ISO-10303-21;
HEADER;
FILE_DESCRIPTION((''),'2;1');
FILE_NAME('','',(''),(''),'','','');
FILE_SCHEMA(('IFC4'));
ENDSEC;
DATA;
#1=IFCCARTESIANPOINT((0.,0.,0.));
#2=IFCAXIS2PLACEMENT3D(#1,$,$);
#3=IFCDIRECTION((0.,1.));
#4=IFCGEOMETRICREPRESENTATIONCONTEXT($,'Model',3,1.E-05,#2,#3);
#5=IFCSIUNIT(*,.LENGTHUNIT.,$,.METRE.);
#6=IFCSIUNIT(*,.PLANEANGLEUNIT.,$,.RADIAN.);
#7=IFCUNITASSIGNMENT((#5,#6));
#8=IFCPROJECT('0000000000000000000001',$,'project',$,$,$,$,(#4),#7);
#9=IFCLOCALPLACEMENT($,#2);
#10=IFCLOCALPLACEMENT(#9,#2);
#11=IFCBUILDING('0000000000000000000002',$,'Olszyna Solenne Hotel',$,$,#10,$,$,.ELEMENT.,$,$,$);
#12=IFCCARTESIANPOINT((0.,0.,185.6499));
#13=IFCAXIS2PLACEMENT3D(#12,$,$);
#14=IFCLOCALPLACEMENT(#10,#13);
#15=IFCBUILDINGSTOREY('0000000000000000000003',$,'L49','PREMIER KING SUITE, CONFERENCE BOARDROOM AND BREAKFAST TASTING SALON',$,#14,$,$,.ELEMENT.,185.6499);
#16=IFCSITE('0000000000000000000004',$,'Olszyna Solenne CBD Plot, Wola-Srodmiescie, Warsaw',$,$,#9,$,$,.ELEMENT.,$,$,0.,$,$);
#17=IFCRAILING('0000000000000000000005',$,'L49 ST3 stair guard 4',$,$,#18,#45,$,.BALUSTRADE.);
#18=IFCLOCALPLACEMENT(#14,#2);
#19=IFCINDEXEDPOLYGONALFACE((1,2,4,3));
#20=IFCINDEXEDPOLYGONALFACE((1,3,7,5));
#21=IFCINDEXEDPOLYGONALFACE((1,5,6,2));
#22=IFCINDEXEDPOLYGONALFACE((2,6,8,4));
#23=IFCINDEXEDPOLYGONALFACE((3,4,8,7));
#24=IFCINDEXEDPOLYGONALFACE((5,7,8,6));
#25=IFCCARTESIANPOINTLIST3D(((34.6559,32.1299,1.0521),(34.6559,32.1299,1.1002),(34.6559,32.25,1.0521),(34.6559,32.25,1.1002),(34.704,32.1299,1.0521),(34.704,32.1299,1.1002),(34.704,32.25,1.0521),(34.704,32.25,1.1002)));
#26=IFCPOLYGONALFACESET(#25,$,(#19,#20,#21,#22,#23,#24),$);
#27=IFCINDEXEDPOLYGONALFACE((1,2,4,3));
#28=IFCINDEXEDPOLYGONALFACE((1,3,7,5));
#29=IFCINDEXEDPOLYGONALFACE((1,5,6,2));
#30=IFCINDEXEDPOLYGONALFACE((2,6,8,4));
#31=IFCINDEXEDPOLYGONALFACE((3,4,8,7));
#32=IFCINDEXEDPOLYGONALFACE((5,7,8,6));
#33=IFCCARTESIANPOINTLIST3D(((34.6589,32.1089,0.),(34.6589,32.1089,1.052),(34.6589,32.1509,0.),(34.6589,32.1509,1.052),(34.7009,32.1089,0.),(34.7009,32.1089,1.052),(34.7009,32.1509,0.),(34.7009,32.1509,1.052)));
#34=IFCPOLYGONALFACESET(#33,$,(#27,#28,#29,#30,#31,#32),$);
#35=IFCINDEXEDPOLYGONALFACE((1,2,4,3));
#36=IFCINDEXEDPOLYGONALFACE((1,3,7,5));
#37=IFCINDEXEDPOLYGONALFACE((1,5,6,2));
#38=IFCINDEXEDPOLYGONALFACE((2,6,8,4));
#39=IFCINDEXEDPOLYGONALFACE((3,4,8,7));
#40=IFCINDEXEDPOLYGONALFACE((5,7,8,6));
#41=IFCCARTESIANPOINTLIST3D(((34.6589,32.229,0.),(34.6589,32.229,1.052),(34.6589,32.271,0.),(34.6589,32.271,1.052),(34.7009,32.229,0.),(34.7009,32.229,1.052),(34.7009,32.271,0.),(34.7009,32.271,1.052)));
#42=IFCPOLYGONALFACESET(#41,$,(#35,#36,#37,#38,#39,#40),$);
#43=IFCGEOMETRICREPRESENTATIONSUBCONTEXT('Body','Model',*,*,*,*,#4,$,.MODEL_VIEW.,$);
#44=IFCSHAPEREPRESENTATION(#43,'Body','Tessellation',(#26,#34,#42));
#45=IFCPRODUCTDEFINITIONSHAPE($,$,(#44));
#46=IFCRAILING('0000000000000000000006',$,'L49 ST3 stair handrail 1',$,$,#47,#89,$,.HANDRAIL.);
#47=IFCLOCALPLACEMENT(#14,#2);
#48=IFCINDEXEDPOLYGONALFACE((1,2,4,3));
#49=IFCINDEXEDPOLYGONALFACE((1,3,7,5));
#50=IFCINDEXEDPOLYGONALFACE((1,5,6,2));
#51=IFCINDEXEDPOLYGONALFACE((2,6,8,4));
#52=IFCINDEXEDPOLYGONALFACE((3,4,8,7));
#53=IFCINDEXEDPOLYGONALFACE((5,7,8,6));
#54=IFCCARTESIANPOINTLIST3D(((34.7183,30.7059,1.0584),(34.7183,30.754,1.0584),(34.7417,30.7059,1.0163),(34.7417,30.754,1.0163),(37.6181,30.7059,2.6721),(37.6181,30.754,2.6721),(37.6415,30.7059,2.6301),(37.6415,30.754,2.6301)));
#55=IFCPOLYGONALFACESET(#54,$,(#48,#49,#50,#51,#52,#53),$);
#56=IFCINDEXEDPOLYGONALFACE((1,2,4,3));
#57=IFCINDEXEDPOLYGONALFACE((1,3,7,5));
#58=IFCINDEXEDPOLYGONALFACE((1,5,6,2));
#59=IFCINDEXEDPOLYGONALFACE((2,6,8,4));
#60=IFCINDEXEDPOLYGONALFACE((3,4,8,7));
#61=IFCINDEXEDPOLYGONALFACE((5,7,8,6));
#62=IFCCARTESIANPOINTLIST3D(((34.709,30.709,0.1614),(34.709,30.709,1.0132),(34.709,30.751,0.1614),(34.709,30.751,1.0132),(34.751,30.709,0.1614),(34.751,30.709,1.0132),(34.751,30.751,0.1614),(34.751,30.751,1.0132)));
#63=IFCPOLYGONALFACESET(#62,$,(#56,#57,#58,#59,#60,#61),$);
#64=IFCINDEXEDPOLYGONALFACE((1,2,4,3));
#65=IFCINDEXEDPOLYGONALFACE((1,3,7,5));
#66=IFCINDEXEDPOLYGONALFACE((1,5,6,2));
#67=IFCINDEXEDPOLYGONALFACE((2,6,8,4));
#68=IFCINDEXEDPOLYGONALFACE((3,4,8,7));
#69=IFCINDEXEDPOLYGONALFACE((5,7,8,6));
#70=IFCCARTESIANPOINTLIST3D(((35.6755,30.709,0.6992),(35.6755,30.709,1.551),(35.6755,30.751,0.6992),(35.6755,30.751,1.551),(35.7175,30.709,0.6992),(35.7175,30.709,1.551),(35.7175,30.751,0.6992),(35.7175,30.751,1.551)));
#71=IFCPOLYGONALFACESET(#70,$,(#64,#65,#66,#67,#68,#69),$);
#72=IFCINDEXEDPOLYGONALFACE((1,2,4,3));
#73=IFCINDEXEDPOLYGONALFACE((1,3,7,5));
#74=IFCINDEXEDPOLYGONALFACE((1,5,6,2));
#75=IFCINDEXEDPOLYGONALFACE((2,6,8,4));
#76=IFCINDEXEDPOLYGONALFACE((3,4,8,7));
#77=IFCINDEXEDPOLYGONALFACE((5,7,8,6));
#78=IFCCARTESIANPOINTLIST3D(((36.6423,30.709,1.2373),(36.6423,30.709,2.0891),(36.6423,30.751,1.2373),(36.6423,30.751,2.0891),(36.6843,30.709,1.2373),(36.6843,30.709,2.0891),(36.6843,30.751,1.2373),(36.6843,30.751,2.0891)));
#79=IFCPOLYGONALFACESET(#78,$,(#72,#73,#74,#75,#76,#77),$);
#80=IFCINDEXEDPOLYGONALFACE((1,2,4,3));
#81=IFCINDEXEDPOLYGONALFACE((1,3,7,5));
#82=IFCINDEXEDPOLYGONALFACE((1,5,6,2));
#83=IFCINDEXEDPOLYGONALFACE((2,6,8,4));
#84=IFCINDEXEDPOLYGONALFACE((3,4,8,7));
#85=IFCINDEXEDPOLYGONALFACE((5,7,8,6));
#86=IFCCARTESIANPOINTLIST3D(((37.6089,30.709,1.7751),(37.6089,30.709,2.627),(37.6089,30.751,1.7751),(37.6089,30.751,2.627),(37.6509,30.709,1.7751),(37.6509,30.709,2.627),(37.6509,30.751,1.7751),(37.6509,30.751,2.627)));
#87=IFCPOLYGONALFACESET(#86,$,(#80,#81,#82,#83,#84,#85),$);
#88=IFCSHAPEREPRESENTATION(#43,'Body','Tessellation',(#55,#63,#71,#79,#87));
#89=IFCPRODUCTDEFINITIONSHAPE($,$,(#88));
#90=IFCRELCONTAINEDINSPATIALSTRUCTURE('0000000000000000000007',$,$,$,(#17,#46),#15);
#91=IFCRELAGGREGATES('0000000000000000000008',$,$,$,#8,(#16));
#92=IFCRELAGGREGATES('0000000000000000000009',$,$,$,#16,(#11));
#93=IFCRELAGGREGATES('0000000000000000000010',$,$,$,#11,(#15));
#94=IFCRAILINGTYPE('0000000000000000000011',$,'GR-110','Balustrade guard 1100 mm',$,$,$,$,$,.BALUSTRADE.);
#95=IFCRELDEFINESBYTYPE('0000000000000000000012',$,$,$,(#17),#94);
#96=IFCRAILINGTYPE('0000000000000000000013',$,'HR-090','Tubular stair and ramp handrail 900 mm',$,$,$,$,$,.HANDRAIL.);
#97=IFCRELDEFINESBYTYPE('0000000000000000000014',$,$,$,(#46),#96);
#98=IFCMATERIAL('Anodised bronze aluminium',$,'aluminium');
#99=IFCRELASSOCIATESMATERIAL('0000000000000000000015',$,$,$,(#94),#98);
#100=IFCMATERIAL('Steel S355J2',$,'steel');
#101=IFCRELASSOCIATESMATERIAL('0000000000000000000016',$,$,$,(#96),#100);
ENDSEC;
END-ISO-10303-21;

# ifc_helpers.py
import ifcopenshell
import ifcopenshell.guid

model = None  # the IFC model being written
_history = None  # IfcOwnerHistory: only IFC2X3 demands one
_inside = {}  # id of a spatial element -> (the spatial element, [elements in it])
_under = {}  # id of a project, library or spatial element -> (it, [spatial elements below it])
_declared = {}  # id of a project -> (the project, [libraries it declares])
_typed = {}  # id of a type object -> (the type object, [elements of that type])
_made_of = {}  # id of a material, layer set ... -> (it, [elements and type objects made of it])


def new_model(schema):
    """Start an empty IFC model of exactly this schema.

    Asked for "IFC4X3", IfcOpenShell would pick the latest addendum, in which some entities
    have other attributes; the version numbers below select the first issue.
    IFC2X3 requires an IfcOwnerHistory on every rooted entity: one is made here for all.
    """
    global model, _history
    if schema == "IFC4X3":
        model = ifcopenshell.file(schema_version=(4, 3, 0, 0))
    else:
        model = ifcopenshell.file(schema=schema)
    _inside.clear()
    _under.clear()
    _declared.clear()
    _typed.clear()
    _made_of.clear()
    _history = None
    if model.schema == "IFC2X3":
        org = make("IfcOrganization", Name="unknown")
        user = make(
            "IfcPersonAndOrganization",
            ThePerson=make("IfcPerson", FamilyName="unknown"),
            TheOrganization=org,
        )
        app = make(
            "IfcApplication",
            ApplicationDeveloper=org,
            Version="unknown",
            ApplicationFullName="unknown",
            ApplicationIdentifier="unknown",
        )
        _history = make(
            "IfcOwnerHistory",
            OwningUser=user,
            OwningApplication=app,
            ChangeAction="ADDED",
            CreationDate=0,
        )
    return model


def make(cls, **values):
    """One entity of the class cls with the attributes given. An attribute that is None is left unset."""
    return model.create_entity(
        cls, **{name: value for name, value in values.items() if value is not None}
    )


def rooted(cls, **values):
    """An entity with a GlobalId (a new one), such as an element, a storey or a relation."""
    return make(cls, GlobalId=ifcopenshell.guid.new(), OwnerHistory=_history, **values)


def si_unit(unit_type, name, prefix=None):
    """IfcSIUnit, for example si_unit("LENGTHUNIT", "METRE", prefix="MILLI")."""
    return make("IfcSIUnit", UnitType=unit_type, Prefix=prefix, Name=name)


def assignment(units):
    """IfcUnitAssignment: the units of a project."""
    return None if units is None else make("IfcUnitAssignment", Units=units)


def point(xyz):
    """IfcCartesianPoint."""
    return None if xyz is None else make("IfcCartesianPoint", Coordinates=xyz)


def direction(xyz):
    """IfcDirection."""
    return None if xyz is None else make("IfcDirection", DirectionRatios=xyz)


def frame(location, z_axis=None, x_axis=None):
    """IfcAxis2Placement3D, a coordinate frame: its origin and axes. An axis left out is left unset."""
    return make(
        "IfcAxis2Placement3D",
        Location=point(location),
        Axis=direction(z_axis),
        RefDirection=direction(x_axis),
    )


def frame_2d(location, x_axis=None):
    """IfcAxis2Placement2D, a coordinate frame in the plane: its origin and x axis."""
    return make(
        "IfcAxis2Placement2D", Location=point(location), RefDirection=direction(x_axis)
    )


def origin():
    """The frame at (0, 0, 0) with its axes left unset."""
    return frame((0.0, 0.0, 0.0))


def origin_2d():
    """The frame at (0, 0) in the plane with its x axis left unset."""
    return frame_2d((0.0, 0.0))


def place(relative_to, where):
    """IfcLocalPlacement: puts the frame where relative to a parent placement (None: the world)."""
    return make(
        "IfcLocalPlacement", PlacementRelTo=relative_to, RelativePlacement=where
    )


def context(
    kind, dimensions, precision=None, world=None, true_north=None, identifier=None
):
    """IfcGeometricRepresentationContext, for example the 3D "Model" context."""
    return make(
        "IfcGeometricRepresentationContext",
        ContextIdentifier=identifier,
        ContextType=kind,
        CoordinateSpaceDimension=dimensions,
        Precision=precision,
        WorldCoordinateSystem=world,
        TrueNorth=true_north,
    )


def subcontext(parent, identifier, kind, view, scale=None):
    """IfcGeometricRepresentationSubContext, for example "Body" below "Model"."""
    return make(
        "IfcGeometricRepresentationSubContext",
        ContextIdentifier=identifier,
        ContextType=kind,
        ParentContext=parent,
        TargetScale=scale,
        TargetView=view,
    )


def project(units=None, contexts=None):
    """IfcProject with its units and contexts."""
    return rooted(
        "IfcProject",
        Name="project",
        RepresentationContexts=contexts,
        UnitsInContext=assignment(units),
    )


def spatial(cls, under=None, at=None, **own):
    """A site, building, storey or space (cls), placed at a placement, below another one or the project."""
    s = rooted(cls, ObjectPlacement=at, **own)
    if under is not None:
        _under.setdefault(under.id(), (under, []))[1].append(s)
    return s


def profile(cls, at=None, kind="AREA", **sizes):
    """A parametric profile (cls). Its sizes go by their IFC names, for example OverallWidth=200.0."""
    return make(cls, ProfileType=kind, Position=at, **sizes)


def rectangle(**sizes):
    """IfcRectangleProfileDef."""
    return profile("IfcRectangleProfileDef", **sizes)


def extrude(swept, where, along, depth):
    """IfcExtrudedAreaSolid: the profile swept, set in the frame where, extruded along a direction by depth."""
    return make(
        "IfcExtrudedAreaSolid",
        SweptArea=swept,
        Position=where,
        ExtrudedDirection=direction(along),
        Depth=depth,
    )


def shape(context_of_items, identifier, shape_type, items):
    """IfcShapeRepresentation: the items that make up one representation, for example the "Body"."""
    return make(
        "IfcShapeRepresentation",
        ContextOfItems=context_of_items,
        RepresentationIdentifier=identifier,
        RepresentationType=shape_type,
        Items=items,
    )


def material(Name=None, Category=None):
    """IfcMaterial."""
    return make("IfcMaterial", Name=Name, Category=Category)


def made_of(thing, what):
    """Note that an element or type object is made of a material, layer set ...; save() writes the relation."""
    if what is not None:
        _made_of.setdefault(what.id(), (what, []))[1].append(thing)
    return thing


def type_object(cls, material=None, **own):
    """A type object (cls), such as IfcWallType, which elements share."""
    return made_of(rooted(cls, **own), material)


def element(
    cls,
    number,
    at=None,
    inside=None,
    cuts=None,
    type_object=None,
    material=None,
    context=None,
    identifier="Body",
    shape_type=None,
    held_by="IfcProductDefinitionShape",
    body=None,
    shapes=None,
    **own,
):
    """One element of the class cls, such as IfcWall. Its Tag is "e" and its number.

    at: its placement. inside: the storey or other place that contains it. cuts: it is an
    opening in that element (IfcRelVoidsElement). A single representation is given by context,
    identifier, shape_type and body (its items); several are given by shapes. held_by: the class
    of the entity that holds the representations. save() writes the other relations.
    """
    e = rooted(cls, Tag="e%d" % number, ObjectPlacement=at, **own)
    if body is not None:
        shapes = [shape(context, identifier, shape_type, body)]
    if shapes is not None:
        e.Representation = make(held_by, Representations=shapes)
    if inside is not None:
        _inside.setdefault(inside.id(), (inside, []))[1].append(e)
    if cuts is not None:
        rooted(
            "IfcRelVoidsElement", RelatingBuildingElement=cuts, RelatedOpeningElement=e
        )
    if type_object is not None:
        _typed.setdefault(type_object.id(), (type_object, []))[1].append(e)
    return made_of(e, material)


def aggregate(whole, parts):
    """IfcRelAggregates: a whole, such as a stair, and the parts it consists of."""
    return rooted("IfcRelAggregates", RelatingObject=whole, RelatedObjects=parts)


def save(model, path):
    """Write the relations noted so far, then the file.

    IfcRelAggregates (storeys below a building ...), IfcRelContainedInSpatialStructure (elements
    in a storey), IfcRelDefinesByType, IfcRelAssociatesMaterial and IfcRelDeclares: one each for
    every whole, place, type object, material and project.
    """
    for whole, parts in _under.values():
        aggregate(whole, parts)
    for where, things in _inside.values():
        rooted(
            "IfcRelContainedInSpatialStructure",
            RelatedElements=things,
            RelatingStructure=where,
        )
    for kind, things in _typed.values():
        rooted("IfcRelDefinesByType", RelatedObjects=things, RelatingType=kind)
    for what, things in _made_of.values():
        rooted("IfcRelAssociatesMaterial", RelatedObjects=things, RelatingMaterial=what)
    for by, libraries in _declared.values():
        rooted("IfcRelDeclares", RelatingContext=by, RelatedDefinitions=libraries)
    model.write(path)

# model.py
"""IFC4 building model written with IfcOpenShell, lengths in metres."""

from ifc_helpers import new_model, si_unit, direction, frame, origin, origin_2d, place, context, subcontext, project, spatial, rectangle, extrude, material, type_object, element, save


model = new_model("IFC4")

# Units and contexts
model_context = context("Model", 3, precision=1e-05, world=origin(), true_north=direction((0.0, 1.0)))
body_context = subcontext(model_context, "Body", "Model", "MODEL_VIEW")
ifc_project = project(units=[si_unit("LENGTHUNIT", "METRE"), si_unit("PLANEANGLEUNIT", "RADIAN")], contexts=[model_context])

# Site, building, storey
site_placement = place(None, origin())
site = spatial("IfcSite", under=ifc_project, at=site_placement, Name="Olszyna Solenne CBD Plot, Wola-Srodmiescie, Warsaw", CompositionType="ELEMENT", RefElevation=0.0)
building_placement = place(site_placement, origin())
building = spatial("IfcBuilding", under=site, at=building_placement, Name="Olszyna Solenne Hotel", CompositionType="ELEMENT")
storey_placement = place(building_placement, frame((0.0, 0.0, 185.6499)))
storey = spatial("IfcBuildingStorey", under=building, at=storey_placement, Name="L49", Description="PREMIER KING SUITE, CONFERENCE BOARDROOM AND BREAKFAST TASTING SALON", CompositionType="ELEMENT", Elevation=185.6499)

# Shared definitions
ifc_material_1 = material(Name="Steel S355J2", Category="steel")

# Railings
ifc_material_2 = material(Name="Anodised bronze aluminium", Category="aluminium")
railing_type_1 = type_object("IfcRailingType", Name="GR-110", Description="Balustrade guard 1100 mm", PredefinedType="BALUSTRADE", material=ifc_material_2)
railing_1_placement = place(storey_placement, frame((34.6799, 32.1299, 0.0)))
element("IfcRailing", 1, at=railing_1_placement, inside=storey, type_object=railing_type_1, Name="L49 ST3 stair guard 4", PredefinedType="BALUSTRADE", context=body_context, shape_type="SweptSolid", body=[
    extrude(rectangle(XDim=0.0481, YDim=0.0481, at=origin_2d()), frame((0.0, 0.0, 1.0762), z_axis=(0.0, 1.0, 0.0), x_axis=(-1.0, 0.0, 0.0)), (0.0, 0.0, 1.0), 0.1201),
    extrude(rectangle(XDim=0.042, YDim=0.042, at=origin_2d()), origin(), (0.0, 0.0, 1.0), 1.052),
    extrude(rectangle(XDim=0.042, YDim=0.042, at=origin_2d()), frame((0.0, 0.1201, 0.0)), (0.0, 0.0, 1.0), 1.052),
])
railing_type_2 = type_object("IfcRailingType", Name="HR-090", Description="Tubular stair and ramp handrail 900 mm", PredefinedType="HANDRAIL", material=ifc_material_1)
railing_2_placement = place(storey_placement, frame((34.73, 30.73, 0.1614)))
element("IfcRailing", 2, at=railing_2_placement, inside=storey, type_object=railing_type_2, Name="L49 ST3 stair handrail 1", PredefinedType="HANDRAIL", context=body_context, shape_type="SweptSolid", body=[
    extrude(rectangle(XDim=0.0481, YDim=0.0481, at=origin_2d()), frame((0.0, 0.0, 0.876), z_axis=(0.87381, 0.0, 0.486267), x_axis=(0.0, 1.0, 0.0)), (0.0, 0.0, 1.0), 3.3186),
    extrude(rectangle(XDim=0.042, YDim=0.042, at=origin_2d()), origin(), (0.0, 0.0, 1.0), 0.8518),
    extrude(rectangle(XDim=0.042, YDim=0.042, at=origin_2d()), frame((0.9666, 0.0, 0.5378)), (0.0, 0.0, 1.0), 0.8518),
    extrude(rectangle(XDim=0.042, YDim=0.042, at=origin_2d()), frame((1.9333, 0.0, 1.0759)), (0.0, 0.0, 1.0), 0.8518),
    extrude(rectangle(XDim=0.042, YDim=0.042, at=origin_2d()), frame((2.8999, 0.0, 1.6138)), (0.0, 0.0, 1.0), 0.8518),
])

save(model, "model.ifc")
